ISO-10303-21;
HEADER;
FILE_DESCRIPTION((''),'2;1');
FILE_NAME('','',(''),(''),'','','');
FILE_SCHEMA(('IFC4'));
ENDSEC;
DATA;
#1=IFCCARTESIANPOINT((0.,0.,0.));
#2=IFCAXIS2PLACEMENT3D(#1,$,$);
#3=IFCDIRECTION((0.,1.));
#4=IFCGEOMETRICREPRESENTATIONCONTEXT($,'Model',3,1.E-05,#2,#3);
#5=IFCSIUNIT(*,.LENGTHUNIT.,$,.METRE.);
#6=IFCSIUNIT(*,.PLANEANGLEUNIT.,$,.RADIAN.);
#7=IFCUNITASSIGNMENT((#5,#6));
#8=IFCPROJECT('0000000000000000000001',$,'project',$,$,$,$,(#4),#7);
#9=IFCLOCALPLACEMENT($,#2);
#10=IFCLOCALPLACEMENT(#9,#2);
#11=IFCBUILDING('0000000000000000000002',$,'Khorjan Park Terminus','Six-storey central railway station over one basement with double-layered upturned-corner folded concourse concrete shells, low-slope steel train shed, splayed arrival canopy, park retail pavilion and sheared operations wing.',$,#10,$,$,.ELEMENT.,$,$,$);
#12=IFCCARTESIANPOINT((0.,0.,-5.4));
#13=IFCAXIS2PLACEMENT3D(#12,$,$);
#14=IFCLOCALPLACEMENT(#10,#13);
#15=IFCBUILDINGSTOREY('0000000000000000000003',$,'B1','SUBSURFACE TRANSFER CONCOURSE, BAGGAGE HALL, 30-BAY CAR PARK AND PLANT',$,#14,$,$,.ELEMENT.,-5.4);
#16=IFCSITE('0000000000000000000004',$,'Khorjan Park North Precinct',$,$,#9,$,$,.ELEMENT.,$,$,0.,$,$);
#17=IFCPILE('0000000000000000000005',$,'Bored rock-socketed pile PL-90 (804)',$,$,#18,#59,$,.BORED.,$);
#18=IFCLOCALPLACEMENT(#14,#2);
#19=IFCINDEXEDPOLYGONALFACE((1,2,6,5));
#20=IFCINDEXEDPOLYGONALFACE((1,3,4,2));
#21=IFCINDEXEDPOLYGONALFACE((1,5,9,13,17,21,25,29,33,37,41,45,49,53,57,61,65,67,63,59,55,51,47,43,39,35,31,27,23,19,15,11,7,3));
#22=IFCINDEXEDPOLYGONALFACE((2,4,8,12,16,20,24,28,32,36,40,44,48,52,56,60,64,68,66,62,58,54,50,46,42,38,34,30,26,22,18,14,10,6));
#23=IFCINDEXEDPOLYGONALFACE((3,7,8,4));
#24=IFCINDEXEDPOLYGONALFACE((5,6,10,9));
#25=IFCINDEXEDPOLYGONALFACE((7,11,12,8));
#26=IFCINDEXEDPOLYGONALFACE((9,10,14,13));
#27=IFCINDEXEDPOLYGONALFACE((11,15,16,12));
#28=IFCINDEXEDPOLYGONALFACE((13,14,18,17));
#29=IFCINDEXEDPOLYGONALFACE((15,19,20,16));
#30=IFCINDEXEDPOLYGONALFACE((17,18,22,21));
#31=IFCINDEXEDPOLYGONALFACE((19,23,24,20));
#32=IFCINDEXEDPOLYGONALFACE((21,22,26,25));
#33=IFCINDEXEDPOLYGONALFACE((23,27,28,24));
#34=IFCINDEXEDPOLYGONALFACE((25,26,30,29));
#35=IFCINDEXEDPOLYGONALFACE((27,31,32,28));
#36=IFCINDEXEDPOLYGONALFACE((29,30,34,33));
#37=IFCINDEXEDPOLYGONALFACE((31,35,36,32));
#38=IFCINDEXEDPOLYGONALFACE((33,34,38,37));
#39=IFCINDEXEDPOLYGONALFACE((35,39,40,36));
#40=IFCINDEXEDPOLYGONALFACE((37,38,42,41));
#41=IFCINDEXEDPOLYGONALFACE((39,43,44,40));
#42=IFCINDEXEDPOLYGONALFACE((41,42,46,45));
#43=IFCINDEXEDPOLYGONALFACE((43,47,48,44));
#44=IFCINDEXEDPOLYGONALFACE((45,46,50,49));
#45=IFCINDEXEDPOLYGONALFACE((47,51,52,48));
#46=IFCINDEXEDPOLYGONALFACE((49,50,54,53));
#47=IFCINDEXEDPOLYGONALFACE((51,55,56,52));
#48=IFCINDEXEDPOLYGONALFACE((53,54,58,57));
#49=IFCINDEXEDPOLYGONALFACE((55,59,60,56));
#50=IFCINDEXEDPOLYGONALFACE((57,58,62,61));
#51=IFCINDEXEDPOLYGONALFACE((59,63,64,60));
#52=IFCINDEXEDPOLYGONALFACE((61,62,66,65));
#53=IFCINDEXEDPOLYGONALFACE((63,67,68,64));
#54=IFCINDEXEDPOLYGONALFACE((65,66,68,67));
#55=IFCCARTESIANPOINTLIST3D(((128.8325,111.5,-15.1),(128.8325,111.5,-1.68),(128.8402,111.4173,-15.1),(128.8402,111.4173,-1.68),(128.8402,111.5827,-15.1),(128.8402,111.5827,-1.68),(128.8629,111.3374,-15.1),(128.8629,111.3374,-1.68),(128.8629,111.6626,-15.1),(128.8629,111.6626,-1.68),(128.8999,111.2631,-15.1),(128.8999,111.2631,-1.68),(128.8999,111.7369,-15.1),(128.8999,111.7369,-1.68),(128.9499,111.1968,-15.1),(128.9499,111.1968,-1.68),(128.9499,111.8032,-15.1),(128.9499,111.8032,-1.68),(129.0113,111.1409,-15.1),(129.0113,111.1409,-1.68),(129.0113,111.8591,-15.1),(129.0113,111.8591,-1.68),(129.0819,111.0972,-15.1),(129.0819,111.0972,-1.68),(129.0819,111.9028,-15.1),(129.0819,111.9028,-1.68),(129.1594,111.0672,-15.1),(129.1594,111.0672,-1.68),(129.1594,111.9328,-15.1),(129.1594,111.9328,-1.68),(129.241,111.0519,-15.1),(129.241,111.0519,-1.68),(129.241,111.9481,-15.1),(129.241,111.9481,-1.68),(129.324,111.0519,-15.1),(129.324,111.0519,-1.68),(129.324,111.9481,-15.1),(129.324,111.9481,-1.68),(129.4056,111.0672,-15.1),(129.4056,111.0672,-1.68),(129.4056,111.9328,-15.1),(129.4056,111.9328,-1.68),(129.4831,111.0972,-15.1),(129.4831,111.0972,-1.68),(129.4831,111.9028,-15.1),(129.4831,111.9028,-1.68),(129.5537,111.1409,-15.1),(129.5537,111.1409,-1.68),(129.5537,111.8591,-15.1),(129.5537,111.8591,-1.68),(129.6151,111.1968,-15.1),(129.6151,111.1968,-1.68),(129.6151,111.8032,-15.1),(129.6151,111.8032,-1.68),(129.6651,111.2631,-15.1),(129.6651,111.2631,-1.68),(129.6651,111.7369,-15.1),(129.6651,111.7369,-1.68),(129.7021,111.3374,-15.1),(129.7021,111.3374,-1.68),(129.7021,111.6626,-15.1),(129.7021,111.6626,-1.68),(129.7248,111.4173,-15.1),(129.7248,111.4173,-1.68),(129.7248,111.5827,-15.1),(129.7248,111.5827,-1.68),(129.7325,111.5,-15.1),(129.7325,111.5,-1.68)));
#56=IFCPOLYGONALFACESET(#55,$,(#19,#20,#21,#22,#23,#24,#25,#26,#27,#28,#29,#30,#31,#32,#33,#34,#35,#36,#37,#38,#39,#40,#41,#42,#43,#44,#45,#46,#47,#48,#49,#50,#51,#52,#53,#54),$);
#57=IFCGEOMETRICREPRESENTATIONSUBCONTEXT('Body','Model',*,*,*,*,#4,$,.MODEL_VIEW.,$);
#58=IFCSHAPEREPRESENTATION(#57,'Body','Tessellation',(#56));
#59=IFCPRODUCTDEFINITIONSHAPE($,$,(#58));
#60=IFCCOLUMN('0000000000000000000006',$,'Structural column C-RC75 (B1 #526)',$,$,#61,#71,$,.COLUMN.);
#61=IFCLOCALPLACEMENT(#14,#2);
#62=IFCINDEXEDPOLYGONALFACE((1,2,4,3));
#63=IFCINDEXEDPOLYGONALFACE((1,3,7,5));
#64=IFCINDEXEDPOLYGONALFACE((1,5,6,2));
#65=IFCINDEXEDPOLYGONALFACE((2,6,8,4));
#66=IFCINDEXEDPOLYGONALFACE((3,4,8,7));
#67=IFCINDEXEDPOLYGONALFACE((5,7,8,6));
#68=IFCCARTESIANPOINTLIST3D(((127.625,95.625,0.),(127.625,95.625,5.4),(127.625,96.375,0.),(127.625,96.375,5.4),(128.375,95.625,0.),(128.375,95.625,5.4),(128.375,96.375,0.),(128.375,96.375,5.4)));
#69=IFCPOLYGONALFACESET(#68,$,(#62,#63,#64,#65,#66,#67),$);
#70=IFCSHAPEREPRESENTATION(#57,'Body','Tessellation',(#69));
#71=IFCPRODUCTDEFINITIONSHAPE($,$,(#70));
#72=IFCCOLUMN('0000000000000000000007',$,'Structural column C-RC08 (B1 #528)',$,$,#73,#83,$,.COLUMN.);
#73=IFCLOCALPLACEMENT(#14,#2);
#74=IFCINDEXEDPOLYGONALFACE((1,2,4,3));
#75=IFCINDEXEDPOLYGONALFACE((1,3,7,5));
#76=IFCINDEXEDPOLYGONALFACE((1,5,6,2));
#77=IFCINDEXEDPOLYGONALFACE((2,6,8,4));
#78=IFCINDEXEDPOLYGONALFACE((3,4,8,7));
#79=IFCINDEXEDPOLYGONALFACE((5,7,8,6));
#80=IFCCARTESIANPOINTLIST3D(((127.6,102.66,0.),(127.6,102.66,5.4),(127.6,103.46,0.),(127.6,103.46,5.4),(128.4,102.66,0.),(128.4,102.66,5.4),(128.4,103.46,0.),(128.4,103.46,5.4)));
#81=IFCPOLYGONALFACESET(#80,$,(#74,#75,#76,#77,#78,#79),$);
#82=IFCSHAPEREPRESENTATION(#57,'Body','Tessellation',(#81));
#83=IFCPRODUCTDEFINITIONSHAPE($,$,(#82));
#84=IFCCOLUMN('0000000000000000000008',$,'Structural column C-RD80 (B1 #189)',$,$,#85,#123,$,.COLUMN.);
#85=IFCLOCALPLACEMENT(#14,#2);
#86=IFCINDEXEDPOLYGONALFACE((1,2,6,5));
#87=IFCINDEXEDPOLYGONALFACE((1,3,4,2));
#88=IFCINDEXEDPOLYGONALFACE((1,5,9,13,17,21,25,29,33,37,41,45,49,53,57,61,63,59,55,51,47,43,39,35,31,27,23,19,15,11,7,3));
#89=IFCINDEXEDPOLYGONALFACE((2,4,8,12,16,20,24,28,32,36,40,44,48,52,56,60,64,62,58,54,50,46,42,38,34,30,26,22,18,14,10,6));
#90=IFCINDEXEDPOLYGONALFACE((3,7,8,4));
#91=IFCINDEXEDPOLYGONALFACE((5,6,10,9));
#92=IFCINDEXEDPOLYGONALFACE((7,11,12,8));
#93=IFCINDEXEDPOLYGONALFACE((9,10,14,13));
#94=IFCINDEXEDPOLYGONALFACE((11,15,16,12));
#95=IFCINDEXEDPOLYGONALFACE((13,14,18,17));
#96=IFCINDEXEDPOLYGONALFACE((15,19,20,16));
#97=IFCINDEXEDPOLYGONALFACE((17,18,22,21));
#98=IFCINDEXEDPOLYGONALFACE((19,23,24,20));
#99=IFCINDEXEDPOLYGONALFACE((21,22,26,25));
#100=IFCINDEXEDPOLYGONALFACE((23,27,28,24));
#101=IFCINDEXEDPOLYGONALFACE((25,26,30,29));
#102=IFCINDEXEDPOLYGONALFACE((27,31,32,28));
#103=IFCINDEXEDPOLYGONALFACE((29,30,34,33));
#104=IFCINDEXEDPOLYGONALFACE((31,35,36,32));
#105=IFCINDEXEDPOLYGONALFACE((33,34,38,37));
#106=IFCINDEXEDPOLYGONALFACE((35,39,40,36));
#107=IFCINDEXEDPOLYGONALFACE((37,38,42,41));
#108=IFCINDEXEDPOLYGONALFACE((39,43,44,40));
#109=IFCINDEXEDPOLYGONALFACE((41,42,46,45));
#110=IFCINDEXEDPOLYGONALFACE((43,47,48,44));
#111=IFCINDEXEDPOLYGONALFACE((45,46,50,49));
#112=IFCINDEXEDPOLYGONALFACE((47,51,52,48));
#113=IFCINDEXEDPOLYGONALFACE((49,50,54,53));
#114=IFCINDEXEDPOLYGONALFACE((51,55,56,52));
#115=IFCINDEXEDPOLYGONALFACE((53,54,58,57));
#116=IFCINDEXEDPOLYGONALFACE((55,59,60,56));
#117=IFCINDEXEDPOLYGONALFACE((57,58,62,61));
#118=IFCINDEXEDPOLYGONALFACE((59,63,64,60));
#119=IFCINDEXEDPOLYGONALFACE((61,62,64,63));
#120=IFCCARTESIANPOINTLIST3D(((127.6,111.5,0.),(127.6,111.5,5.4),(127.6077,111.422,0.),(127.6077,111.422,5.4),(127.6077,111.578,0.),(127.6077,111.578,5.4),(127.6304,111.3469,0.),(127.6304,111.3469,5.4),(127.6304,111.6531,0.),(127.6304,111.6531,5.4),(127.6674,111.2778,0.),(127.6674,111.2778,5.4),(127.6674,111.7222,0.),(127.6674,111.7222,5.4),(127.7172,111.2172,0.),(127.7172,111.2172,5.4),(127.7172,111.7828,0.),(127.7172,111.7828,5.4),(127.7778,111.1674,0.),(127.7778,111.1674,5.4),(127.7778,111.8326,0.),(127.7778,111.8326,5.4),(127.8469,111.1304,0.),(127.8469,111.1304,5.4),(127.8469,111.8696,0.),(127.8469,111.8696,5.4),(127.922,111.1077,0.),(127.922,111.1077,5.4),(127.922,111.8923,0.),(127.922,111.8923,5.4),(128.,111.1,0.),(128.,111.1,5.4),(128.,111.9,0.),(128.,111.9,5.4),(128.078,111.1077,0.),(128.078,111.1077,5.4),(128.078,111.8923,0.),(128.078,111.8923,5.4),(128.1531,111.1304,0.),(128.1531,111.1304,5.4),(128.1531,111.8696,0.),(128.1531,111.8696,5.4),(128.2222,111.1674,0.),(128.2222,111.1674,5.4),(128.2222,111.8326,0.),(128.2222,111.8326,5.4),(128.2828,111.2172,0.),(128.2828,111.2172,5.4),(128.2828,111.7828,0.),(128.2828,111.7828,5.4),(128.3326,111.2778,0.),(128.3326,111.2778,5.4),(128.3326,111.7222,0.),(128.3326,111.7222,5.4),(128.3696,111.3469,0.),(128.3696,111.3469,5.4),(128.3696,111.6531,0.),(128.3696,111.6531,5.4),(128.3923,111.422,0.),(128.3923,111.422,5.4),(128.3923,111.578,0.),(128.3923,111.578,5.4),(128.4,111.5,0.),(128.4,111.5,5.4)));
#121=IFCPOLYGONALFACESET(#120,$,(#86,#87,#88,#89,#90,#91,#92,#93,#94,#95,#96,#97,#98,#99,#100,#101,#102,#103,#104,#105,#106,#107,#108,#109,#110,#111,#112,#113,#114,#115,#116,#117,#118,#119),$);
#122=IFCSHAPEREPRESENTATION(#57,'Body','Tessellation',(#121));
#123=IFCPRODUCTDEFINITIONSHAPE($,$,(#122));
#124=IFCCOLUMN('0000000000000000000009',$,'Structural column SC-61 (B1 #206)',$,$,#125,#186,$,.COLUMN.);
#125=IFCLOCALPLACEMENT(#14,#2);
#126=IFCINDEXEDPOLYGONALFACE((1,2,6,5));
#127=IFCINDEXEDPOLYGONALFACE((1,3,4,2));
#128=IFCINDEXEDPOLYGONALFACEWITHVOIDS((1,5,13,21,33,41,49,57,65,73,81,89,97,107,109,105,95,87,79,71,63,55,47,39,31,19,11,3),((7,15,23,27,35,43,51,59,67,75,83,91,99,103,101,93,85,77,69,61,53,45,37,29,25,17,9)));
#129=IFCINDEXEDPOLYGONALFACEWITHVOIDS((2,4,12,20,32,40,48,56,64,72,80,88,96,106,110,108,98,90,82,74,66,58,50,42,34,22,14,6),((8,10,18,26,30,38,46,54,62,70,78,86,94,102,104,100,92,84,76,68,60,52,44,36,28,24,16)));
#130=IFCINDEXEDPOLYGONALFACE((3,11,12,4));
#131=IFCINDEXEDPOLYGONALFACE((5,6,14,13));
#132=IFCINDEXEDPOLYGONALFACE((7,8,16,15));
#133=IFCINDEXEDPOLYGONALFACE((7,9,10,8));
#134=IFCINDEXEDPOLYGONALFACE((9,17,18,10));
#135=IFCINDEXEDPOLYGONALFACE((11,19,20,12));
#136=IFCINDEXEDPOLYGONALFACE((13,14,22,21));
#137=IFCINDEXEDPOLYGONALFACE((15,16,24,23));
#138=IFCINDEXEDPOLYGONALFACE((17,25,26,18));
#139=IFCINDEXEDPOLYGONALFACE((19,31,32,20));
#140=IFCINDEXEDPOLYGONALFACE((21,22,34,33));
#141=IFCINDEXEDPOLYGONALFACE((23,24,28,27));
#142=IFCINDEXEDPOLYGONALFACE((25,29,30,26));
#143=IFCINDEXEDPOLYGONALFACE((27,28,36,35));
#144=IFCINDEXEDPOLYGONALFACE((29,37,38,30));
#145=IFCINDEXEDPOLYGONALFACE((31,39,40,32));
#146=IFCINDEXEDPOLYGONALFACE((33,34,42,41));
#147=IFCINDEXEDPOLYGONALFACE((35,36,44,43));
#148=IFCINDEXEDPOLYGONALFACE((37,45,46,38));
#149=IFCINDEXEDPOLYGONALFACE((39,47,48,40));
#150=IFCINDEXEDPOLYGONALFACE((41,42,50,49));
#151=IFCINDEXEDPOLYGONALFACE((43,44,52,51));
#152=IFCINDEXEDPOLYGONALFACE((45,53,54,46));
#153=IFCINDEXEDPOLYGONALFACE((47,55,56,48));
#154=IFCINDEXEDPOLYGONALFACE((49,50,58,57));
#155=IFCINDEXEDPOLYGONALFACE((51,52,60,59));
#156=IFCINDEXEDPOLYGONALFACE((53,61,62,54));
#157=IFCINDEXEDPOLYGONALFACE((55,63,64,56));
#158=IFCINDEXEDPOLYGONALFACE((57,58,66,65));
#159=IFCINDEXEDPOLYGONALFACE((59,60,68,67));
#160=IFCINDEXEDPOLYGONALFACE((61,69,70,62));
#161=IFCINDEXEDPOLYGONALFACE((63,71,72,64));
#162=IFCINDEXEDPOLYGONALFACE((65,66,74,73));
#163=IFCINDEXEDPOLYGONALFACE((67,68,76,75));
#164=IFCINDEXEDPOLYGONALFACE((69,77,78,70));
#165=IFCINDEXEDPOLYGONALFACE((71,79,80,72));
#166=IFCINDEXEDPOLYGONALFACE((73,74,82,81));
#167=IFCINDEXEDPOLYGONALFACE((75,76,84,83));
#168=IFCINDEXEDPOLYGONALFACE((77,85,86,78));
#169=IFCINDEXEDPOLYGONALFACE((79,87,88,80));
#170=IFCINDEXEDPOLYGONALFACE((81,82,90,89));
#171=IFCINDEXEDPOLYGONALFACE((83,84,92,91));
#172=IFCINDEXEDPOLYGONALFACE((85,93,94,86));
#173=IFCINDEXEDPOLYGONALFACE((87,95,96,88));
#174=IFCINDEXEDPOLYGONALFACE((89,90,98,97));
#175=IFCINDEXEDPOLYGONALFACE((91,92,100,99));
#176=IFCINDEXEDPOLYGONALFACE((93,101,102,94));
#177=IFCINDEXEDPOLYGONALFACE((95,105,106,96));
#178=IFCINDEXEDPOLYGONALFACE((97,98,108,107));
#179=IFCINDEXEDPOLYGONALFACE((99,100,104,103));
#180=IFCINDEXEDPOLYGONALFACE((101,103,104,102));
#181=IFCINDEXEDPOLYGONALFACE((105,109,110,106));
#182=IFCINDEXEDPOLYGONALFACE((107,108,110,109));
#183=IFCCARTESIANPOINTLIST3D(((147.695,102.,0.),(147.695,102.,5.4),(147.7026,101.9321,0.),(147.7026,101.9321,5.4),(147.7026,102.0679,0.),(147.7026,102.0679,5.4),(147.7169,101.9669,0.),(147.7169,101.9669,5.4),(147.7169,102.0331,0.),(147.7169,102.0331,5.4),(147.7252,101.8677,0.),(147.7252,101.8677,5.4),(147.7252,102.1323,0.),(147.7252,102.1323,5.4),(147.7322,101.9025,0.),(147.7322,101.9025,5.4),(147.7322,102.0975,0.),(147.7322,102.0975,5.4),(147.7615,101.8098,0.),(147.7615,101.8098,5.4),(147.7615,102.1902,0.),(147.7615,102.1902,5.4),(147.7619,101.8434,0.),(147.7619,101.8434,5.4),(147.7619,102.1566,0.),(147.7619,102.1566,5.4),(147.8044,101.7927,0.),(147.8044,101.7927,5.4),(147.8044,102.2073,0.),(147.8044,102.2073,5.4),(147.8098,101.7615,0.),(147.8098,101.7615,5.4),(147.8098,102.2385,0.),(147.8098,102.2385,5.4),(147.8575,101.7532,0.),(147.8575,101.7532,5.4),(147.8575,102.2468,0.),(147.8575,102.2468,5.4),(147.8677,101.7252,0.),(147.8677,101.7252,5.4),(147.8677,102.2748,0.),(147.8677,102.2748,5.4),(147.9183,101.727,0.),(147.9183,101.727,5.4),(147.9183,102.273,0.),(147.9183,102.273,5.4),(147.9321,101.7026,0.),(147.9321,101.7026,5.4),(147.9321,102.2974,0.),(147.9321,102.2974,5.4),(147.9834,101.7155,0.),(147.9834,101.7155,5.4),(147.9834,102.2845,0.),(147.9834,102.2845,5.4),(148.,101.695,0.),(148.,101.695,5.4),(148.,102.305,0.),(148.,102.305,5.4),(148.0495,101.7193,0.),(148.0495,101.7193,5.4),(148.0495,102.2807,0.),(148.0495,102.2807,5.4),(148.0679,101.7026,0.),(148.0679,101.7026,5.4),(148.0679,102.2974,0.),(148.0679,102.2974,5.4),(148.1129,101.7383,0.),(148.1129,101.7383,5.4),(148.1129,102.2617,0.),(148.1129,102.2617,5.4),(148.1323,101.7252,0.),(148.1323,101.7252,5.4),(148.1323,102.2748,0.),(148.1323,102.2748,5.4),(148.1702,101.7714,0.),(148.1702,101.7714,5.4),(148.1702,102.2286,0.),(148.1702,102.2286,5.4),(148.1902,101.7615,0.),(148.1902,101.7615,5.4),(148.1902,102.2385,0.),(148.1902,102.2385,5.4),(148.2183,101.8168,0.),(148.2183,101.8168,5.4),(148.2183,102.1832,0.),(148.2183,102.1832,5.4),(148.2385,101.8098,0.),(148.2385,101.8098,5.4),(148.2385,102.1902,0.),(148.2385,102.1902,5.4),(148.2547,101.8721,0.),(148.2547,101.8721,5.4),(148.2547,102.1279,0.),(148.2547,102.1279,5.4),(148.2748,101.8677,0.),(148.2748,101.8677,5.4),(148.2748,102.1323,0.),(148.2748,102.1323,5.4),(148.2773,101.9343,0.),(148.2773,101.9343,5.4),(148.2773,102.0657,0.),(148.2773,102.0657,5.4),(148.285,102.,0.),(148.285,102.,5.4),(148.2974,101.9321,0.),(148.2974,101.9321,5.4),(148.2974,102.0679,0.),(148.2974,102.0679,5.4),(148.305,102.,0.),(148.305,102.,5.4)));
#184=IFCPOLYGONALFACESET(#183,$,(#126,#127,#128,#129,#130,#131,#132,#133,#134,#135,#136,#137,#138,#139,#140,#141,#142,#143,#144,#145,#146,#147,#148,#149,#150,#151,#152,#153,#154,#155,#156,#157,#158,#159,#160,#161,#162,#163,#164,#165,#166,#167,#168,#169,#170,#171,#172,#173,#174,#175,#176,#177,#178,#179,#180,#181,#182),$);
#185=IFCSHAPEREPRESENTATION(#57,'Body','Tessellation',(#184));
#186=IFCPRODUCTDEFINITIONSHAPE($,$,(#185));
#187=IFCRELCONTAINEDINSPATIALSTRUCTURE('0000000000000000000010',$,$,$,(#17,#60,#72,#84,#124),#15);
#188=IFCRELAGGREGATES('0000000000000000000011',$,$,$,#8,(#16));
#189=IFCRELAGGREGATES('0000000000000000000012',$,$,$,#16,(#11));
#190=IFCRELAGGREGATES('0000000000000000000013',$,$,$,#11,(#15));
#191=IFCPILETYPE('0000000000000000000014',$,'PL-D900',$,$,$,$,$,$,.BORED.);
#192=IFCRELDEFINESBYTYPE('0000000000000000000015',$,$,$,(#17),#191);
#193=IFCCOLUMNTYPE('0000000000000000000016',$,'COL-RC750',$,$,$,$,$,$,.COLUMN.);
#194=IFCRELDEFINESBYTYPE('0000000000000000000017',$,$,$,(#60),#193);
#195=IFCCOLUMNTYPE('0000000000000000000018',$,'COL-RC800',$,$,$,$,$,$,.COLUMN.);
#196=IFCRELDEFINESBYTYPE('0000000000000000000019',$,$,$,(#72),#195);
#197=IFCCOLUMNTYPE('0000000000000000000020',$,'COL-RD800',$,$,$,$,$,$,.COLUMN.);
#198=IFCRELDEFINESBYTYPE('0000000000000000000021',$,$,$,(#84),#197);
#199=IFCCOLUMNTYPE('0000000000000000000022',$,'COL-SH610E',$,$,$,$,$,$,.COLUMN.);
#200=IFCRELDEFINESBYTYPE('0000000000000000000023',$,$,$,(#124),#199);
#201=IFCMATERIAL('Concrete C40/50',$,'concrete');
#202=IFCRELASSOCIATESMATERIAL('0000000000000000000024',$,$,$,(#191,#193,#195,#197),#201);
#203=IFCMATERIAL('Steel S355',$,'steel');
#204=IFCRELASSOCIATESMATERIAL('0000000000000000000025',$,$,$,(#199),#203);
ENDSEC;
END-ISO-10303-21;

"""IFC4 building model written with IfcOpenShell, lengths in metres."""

from ifc_helpers import new_model, si_unit, direction, frame, origin, origin_2d, place, context, subcontext, project, spatial, rectangle, circle, hollow_circle, extrude, material, material_profile, profile_set, type_object, element, save


model = new_model("IFC4")

# Units and contexts
model_context = context("Model", 3, precision=1e-05, world=origin(), true_north=direction((0.0, 1.0)))
body_context = subcontext(model_context, "Body", "Model", "MODEL_VIEW")
ifc_project = project(units=[si_unit("LENGTHUNIT", "METRE"), si_unit("PLANEANGLEUNIT", "RADIAN")], contexts=[model_context])

# Site, building, storey
site_placement = place(None, origin())
site = spatial("IfcSite", under=ifc_project, at=site_placement, Name="Khorjan Park North Precinct", CompositionType="ELEMENT", RefElevation=0.0)
building_placement = place(site_placement, origin())
building = spatial("IfcBuilding", under=site, at=building_placement, Name="Khorjan Park Terminus", Description="Six-storey central railway station over one basement with double-layered upturned-corner folded concourse concrete shells, low-slope steel train shed, splayed arrival canopy, park retail pavilion and sheared operations wing.", CompositionType="ELEMENT")
storey_placement = place(building_placement, frame((0.0, 0.0, -5.4)))
storey = spatial("IfcBuildingStorey", under=building, at=storey_placement, Name="B1", Description="SUBSURFACE TRANSFER CONCOURSE, BAGGAGE HALL, 30-BAY CAR PARK AND PLANT", CompositionType="ELEMENT", Elevation=-5.4)

# Shared definitions
ifc_material_1 = material(Name="Concrete C40/50", Category="concrete")

# Pile
ifc_material_profile_1 = material_profile(ifc_material_1, circle(Radius=0.45, at=origin_2d()), Name="BORED D900")
ifc_profile_set_1 = profile_set([ifc_material_profile_1], Name="Concrete C40/50")
pile_type_1 = type_object("IfcPileType", Name="PL-D900", PredefinedType="BORED", material=ifc_profile_set_1)
for number, where, z_axis, x_axis, name in (
    (1, (129.2825, 111.5, -1.68), (0.0, 0.0, -1.0), (1.0, 0.0, 0.0), "Bored rock-socketed pile PL-90 (804)"),
):
    element("IfcPile", number, at=place(storey_placement, frame(where, z_axis=z_axis, x_axis=x_axis)), inside=storey, type_object=pile_type_1, Name=name, PredefinedType="BORED", context=body_context, shape_type="SweptSolid", body=[
        extrude(circle(Radius=0.45, at=origin_2d()), origin(), (0.0, 0.0, 1.0), 13.42),
    ])

# Columns
ifc_material_profile_2 = material_profile(ifc_material_1, rectangle(XDim=0.75, YDim=0.75, at=origin_2d()), Name="RC 750x750")
ifc_profile_set_2 = profile_set([ifc_material_profile_2], Name="Concrete C40/50")
column_type_1 = type_object("IfcColumnType", Name="COL-RC750", PredefinedType="COLUMN", material=ifc_profile_set_2)
column_1_placement = place(storey_placement, frame((128.0, 96.0, 0.0), z_axis=(0.0, 0.0, 1.0), x_axis=(1.0, 0.0, 0.0)))
element("IfcColumn", 2, at=column_1_placement, inside=storey, type_object=column_type_1, Name="Structural column C-RC75 (B1 #526)", PredefinedType="COLUMN", context=body_context, shape_type="SweptSolid", body=[
    extrude(rectangle(XDim=0.75, YDim=0.75, at=origin_2d()), origin(), (0.0, 0.0, 1.0), 5.4),
])
ifc_material_profile_3 = material_profile(ifc_material_1, rectangle(XDim=0.8, YDim=0.8, at=origin_2d()), Name="RC 800x800")
ifc_profile_set_3 = profile_set([ifc_material_profile_3], Name="Concrete C40/50")
column_type_2 = type_object("IfcColumnType", Name="COL-RC800", PredefinedType="COLUMN", material=ifc_profile_set_3)
column_2_placement = place(storey_placement, frame((128.0, 103.06, 0.0), z_axis=(0.0, 0.0, 1.0), x_axis=(1.0, 0.0, 0.0)))
element("IfcColumn", 3, at=column_2_placement, inside=storey, type_object=column_type_2, Name="Structural column C-RC08 (B1 #528)", PredefinedType="COLUMN", context=body_context, shape_type="SweptSolid", body=[
    extrude(rectangle(XDim=0.8, YDim=0.8, at=origin_2d()), origin(), (0.0, 0.0, 1.0), 5.4),
])
ifc_material_profile_4 = material_profile(ifc_material_1, circle(Radius=0.4, at=origin_2d()), Name="RC D800")
ifc_profile_set_4 = profile_set([ifc_material_profile_4], Name="Concrete C40/50")
column_type_3 = type_object("IfcColumnType", Name="COL-RD800", PredefinedType="COLUMN", material=ifc_profile_set_4)
column_3_placement = place(storey_placement, frame((128.0, 111.5, 0.0), z_axis=(0.0, 0.0, 1.0), x_axis=(1.0, 0.0, 0.0)))
element("IfcColumn", 4, at=column_3_placement, inside=storey, type_object=column_type_3, Name="Structural column C-RD80 (B1 #189)", PredefinedType="COLUMN", context=body_context, shape_type="SweptSolid", body=[
    extrude(circle(Radius=0.4, at=origin_2d()), origin(), (0.0, 0.0, 1.0), 5.4),
])
ifc_material_2 = material(Name="Steel S355", Category="steel")
ifc_material_profile_5 = material_profile(ifc_material_2, hollow_circle(Radius=0.305, WallThickness=0.02, at=origin_2d()), Name="CHS 610x20")
ifc_profile_set_5 = profile_set([ifc_material_profile_5], Name="Steel S355")
column_type_4 = type_object("IfcColumnType", Name="COL-SH610E", PredefinedType="COLUMN", material=ifc_profile_set_5)
column_4_placement = place(storey_placement, frame((148.0, 102.0, 0.0), z_axis=(0.0, 0.0, 1.0), x_axis=(1.0, 0.0, 0.0)))
element("IfcColumn", 5, at=column_4_placement, inside=storey, type_object=column_type_4, Name="Structural column SC-61 (B1 #206)", PredefinedType="COLUMN", context=body_context, shape_type="SweptSolid", body=[
    extrude(hollow_circle(Radius=0.305, WallThickness=0.02, at=origin_2d()), origin(), (0.0, 0.0, 1.0), 5.4),
])

save(model, "model.ifc")
